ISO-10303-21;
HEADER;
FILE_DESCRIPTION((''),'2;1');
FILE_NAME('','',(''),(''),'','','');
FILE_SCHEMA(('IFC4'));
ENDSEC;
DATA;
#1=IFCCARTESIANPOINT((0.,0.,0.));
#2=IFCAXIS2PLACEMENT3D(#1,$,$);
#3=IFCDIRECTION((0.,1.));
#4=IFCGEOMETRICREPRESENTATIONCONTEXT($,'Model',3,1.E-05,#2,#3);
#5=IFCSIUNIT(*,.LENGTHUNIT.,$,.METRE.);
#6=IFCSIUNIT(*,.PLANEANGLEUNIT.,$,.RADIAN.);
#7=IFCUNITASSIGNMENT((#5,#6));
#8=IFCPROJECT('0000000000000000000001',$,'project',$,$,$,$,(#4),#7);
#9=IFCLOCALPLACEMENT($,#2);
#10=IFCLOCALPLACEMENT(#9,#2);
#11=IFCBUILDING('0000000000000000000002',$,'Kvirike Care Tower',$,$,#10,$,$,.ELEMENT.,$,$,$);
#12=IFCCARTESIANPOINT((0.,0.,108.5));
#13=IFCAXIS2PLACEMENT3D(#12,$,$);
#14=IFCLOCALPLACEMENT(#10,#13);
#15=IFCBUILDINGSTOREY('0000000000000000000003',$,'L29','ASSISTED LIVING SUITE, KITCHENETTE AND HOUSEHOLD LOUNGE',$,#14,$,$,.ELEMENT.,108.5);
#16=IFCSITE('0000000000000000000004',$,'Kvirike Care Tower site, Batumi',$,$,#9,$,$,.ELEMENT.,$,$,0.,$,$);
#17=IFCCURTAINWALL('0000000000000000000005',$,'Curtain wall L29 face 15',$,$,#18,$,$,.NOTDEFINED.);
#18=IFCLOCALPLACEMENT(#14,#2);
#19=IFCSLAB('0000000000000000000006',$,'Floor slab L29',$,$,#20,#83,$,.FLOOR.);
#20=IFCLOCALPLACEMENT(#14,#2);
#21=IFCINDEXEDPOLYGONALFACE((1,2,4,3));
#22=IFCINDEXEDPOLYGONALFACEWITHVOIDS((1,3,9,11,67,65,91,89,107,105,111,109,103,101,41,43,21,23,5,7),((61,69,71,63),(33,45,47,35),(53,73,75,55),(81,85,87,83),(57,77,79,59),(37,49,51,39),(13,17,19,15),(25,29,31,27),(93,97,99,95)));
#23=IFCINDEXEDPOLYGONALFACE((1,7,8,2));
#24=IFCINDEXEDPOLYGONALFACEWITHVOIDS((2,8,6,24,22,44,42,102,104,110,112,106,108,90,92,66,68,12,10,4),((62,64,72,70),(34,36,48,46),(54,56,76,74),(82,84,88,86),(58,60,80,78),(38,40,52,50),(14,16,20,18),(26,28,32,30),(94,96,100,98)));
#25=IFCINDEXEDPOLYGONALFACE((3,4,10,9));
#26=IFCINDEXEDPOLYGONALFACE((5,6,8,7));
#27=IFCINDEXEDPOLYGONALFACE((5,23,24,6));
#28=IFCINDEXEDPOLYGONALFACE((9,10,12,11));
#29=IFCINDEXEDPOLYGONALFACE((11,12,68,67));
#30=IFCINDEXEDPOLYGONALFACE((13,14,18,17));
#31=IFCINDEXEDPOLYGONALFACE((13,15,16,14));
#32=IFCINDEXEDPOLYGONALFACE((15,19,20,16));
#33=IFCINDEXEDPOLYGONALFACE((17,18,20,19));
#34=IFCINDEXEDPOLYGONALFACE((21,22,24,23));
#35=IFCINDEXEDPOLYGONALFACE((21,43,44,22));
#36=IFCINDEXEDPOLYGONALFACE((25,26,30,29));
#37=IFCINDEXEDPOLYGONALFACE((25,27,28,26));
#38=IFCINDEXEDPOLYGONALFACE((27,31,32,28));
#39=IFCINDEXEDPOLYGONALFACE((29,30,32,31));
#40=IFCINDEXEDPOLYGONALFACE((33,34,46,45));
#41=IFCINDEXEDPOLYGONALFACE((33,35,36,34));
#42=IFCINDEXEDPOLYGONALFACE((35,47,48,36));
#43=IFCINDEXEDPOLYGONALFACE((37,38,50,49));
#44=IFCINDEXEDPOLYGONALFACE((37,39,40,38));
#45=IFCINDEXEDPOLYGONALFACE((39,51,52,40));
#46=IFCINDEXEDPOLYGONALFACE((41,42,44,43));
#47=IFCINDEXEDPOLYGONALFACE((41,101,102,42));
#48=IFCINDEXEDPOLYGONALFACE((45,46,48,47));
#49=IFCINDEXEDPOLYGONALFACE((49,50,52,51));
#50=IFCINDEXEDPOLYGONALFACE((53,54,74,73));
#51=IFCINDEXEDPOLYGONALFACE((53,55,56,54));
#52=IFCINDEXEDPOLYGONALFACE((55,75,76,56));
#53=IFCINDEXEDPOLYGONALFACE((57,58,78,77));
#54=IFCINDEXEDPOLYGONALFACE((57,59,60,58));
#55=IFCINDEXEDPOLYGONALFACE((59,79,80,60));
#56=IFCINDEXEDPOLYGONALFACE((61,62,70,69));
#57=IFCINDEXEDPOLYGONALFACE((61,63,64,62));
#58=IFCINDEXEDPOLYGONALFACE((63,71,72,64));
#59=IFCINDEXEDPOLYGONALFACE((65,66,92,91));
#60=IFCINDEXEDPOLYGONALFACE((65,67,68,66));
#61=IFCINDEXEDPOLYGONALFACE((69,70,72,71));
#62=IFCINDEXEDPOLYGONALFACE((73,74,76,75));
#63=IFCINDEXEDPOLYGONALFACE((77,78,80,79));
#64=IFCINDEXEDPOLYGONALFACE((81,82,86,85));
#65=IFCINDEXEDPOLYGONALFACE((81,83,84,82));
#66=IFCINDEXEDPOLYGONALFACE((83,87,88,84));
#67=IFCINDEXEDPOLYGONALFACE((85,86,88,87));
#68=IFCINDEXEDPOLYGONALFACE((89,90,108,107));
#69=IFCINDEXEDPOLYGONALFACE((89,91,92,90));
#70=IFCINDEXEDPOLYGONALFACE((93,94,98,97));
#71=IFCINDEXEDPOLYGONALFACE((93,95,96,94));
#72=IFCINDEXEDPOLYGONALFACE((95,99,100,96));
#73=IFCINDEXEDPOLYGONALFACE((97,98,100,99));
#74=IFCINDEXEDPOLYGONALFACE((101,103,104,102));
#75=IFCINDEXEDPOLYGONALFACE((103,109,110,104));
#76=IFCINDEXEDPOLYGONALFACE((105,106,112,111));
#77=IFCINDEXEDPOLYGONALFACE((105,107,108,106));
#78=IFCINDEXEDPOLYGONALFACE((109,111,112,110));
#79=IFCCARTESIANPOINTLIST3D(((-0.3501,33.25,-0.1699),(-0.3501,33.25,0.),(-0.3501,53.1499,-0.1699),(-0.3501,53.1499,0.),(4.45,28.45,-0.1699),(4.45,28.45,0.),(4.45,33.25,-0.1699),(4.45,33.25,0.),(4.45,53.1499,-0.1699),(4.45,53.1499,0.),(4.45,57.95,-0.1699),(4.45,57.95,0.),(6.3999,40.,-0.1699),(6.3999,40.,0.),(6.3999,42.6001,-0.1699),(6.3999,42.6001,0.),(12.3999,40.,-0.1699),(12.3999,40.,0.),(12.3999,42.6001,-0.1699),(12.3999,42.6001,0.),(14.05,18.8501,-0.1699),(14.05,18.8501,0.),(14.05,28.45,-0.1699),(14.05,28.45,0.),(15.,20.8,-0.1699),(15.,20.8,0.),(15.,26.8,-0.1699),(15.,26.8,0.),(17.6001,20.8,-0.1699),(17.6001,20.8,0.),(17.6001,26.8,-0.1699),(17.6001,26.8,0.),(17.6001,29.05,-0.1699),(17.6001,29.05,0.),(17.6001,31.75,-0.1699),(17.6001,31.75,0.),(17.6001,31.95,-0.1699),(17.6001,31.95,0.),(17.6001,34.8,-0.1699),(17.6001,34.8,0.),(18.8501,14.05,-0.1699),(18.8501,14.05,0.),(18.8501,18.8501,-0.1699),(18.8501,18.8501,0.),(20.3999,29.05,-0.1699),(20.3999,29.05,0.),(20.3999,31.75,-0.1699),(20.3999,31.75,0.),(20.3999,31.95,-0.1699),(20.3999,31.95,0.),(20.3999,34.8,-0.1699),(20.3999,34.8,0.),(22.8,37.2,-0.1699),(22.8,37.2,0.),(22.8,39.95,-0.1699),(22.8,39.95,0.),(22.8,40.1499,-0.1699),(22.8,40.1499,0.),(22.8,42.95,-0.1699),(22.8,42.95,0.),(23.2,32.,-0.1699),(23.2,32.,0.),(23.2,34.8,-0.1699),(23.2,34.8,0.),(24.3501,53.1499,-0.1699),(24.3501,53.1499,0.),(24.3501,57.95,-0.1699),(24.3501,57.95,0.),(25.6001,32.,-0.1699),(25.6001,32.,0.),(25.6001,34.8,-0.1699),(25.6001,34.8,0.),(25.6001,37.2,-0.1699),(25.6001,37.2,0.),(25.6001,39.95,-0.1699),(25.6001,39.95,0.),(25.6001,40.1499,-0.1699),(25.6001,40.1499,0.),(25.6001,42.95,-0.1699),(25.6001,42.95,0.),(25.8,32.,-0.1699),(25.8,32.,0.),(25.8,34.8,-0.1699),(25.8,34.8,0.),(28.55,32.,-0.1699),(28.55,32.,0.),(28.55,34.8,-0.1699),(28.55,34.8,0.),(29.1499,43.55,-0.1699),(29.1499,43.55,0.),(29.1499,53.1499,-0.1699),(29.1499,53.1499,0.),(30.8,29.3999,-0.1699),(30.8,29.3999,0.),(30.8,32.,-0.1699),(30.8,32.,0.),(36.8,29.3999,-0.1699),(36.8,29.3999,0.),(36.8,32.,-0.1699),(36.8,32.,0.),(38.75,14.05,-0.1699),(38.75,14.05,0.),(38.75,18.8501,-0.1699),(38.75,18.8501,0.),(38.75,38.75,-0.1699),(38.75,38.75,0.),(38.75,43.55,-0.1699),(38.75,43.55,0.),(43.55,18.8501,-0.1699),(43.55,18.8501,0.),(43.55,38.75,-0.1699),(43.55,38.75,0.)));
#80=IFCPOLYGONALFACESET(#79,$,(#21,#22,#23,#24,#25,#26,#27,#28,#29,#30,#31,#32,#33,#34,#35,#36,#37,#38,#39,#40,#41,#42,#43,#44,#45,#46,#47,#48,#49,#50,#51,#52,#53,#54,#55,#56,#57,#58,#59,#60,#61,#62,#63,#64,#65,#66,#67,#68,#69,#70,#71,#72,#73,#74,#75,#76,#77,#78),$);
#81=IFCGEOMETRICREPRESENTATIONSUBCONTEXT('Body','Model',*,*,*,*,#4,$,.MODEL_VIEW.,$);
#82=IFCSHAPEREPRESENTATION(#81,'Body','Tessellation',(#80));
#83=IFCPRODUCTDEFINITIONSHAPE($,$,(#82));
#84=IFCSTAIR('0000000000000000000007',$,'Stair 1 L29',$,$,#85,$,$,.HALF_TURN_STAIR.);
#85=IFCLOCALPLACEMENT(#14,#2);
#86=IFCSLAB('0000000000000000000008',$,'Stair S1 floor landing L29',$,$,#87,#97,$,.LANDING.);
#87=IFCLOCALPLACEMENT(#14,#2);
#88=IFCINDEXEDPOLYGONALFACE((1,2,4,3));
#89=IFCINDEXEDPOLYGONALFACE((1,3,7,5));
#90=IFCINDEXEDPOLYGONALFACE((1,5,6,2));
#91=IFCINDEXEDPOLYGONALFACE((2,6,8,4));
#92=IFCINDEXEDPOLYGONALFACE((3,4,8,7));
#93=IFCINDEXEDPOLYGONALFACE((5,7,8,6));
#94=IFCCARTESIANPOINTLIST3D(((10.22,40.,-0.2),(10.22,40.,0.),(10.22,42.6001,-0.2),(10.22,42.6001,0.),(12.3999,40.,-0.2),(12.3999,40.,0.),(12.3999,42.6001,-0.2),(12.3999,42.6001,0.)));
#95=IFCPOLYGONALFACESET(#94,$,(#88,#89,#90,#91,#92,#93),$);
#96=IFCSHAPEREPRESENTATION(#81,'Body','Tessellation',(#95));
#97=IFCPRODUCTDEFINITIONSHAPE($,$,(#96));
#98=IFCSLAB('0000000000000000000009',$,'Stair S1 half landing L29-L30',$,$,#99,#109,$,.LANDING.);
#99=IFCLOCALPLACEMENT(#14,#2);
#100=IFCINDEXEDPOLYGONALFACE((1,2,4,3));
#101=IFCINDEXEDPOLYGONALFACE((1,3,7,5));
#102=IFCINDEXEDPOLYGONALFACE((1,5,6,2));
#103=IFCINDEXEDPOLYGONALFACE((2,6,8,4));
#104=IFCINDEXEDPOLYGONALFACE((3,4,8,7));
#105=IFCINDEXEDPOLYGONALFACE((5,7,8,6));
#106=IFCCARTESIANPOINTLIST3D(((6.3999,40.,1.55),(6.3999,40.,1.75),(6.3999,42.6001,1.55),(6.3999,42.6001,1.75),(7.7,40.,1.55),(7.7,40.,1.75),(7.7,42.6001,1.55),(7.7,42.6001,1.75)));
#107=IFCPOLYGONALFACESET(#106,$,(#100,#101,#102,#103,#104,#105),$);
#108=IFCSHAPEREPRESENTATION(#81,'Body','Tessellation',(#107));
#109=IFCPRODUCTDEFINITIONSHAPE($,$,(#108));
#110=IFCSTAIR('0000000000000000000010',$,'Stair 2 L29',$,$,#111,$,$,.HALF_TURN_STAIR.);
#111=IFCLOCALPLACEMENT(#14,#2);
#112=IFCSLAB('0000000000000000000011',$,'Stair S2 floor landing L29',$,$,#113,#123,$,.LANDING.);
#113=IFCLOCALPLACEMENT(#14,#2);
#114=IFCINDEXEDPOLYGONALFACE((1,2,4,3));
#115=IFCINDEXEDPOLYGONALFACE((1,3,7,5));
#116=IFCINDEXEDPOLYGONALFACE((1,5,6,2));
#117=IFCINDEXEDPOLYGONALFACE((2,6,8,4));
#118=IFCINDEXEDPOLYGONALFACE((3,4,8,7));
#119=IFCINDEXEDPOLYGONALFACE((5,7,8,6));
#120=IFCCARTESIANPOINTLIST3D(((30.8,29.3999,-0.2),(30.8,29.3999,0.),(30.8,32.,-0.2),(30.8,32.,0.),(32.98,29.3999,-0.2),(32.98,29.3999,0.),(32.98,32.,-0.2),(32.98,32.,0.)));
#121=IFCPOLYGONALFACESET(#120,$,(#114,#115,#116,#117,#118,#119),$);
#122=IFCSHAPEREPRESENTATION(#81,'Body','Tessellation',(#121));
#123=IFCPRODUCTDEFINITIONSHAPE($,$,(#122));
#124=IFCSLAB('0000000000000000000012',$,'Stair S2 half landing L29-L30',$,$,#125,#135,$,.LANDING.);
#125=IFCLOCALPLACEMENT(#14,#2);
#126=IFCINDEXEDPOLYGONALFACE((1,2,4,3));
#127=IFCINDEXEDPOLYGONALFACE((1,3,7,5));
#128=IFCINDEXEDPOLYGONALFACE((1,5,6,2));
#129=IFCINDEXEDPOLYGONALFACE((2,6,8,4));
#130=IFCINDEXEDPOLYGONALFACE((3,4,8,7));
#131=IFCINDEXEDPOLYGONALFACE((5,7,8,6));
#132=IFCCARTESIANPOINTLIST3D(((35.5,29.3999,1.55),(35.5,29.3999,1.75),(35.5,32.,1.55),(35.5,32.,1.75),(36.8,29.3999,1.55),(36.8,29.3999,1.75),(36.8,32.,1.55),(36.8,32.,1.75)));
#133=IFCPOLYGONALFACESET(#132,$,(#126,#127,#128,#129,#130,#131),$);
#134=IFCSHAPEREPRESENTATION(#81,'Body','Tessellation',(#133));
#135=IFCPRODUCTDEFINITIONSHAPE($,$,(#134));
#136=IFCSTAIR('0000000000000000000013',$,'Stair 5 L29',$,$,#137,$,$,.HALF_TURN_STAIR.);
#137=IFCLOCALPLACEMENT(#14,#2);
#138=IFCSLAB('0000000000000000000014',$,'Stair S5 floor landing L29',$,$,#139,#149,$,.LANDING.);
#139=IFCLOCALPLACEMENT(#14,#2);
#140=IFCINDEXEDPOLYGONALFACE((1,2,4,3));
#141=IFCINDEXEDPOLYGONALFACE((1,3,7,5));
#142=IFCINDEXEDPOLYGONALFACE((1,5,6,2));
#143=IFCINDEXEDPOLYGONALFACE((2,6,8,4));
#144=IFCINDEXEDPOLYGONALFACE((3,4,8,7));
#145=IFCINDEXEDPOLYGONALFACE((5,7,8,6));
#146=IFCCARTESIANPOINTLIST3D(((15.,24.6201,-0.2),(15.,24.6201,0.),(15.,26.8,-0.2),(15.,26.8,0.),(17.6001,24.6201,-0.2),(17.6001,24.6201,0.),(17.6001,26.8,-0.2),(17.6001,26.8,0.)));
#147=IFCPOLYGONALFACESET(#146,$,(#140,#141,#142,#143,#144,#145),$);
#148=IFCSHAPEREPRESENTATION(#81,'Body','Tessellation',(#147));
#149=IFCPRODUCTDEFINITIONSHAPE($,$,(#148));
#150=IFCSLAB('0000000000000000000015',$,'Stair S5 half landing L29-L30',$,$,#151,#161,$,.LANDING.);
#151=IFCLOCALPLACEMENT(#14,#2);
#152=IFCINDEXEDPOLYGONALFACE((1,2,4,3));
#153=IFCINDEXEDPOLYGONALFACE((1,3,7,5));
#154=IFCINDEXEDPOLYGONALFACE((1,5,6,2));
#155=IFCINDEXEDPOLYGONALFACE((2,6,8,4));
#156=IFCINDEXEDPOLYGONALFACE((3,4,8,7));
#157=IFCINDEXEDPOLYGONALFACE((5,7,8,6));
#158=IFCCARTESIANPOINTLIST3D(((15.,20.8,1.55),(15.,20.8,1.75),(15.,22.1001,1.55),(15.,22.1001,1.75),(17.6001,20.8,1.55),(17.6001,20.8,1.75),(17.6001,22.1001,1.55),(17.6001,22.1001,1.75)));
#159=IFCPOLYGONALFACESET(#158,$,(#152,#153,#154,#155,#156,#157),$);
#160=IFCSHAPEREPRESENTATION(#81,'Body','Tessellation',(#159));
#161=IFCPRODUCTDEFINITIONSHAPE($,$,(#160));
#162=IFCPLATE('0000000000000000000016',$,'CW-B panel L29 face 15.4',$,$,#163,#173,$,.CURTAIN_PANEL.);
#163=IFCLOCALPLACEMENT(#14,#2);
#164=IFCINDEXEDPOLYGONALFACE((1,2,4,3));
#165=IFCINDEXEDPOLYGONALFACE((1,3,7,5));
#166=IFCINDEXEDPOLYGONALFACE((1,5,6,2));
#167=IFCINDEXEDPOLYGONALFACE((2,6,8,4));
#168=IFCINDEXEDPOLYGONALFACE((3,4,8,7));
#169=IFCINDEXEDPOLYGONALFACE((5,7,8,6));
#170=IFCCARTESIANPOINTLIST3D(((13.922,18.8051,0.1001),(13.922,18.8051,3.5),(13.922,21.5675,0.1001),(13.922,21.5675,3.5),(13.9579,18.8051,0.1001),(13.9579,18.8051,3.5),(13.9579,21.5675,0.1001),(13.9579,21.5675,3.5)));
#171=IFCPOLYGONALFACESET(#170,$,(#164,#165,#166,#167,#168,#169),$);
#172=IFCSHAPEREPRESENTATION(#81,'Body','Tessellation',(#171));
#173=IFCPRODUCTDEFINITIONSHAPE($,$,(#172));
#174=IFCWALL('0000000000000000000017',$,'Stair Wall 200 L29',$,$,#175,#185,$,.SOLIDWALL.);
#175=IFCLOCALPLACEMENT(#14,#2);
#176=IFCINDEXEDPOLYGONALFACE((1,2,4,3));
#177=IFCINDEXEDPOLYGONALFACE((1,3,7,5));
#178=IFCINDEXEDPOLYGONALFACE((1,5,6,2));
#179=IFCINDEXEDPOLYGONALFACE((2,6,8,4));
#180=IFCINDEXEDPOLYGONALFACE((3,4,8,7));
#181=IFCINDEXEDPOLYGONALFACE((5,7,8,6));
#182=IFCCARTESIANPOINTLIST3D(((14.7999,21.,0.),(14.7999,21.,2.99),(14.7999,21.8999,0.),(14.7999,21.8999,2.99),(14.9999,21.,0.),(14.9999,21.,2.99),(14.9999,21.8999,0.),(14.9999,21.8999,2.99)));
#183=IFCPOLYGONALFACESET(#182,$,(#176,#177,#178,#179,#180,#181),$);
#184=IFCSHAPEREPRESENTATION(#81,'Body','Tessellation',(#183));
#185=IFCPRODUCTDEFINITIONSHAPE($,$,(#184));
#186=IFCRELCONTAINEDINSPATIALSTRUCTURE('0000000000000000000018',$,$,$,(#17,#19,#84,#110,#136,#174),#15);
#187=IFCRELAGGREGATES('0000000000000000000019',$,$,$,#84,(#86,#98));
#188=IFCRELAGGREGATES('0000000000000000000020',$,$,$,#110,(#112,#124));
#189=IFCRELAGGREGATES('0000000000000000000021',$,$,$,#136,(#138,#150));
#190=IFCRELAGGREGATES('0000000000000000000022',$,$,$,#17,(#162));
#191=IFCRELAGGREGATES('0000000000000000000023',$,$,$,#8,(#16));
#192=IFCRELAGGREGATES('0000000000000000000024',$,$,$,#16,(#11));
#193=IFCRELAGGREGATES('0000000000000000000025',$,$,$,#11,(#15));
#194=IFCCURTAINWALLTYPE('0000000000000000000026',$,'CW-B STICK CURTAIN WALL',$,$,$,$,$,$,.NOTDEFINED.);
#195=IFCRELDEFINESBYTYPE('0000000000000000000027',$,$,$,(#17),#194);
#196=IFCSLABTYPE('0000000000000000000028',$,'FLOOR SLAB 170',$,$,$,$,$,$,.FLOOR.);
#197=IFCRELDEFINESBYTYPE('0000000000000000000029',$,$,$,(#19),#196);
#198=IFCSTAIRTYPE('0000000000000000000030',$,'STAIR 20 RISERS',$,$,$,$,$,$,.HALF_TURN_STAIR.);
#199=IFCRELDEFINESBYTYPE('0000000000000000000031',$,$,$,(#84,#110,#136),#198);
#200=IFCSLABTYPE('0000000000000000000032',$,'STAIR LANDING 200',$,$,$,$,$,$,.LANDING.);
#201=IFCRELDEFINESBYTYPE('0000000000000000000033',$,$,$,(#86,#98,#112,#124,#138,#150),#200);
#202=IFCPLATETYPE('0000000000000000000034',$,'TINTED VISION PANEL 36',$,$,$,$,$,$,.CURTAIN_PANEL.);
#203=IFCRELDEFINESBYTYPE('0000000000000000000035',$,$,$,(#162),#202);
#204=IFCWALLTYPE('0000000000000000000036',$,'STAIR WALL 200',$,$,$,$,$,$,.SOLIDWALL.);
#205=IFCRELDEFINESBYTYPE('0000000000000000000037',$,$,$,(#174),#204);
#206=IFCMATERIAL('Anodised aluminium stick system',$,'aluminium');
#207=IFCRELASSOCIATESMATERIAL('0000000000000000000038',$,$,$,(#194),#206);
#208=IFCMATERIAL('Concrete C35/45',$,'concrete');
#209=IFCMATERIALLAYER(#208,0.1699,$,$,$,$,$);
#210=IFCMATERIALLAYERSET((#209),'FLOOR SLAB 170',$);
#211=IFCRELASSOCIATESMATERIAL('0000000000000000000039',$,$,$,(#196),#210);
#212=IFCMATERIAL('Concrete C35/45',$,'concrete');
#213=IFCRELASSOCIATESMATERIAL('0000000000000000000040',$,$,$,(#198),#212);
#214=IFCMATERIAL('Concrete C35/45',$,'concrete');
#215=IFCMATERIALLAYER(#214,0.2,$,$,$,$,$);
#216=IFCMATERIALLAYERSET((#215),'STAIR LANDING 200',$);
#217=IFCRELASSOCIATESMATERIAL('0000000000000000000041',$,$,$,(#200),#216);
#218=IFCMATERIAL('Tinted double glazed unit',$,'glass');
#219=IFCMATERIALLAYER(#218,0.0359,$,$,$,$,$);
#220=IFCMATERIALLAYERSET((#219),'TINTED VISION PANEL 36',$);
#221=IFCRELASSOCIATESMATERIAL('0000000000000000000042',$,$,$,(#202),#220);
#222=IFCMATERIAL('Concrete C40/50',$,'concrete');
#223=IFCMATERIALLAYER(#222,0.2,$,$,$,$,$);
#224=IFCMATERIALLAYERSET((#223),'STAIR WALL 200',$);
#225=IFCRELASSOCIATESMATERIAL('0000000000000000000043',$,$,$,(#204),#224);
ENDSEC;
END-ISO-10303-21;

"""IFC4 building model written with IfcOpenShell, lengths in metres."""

from ifc_helpers import new_model, si_unit, direction, frame, frame_2d, origin, origin_2d, place, context, subcontext, project, spatial, polyline, rectangle, outline, extrude, material, layer, layer_set, type_object, element, aggregate, save


model = new_model("IFC4")

# Units and contexts
model_context = context("Model", 3, precision=1e-05, world=origin(), true_north=direction((0.0, 1.0)))
body_context = subcontext(model_context, "Body", "Model", "MODEL_VIEW")
ifc_project = project(units=[si_unit("LENGTHUNIT", "METRE"), si_unit("PLANEANGLEUNIT", "RADIAN")], contexts=[model_context])

# Site, building, storey
site_placement = place(None, origin())
site = spatial("IfcSite", under=ifc_project, at=site_placement, Name="Kvirike Care Tower site, Batumi", CompositionType="ELEMENT", RefElevation=0.0)
building_placement = place(site_placement, origin())
building = spatial("IfcBuilding", under=site, at=building_placement, Name="Kvirike Care Tower", CompositionType="ELEMENT")
storey_placement = place(building_placement, frame((0.0, 0.0, 108.5)))
storey = spatial("IfcBuildingStorey", under=building, at=storey_placement, Name="L29", Description="ASSISTED LIVING SUITE, KITCHENETTE AND HOUSEHOLD LOUNGE", CompositionType="ELEMENT", Elevation=108.5)

# Curtain wall
ifc_material_1 = material(Name="Anodised aluminium stick system", Category="aluminium")
curtain_wall_type = type_object("IfcCurtainWallType", Name="CW-B STICK CURTAIN WALL", PredefinedType="NOTDEFINED", material=ifc_material_1)
curtain_wall_1_placement = place(storey_placement, origin())
curtain_wall_1 = element("IfcCurtainWall", 1, at=curtain_wall_1_placement, inside=storey, type_object=curtain_wall_type, Name="Curtain wall L29 face 15", PredefinedType="NOTDEFINED")

# Slab
ifc_material_2 = material(Name="Concrete C35/45", Category="concrete")
ifc_layer_1 = layer(ifc_material_2, 0.1699)
ifc_layer_set_1 = layer_set([ifc_layer_1], Name="FLOOR SLAB 170")
slab_type_1 = type_object("IfcSlabType", Name="FLOOR SLAB 170", PredefinedType="FLOOR", material=ifc_layer_set_1)
slab_1_placement = place(storey_placement, frame((0.0, 0.0, -0.1699)))
element("IfcSlab", 2, at=slab_1_placement, inside=storey, type_object=slab_type_1, Name="Floor slab L29", PredefinedType="FLOOR", context=body_context, shape_type="SweptSolid", body=[
    extrude(outline(polyline([(43.55, 18.8501), (43.55, 38.75), (38.75, 38.75), (38.75, 43.55), (29.1499, 43.55), (29.1499, 53.1499), (24.3501, 53.1499), (24.3501, 57.95), (4.45, 57.95), (4.45, 53.1499), (-0.3501, 53.1499), (-0.3501, 33.25), (4.45, 33.25), (4.45, 28.45), (14.05, 28.45), (14.05, 18.8501), (18.8501, 18.8501), (18.8501, 14.05), (38.75, 14.05), (38.75, 18.8501), (43.55, 18.8501)]), holes=[polyline([(17.6001, 29.05), (17.6001, 31.75), (20.3999, 31.75), (20.3999, 29.05), (17.6001, 29.05)]), polyline([(17.6001, 31.95), (17.6001, 34.8), (20.3999, 34.8), (20.3999, 31.95), (17.6001, 31.95)]), polyline([(22.8, 37.2), (22.8, 39.95), (25.6001, 39.95), (25.6001, 37.2), (22.8, 37.2)]), polyline([(22.8, 40.1499), (22.8, 42.95), (25.6001, 42.95), (25.6001, 40.1499), (22.8, 40.1499)]), polyline([(23.2, 32.0), (23.2, 34.8), (25.6001, 34.8), (25.6001, 32.0), (23.2, 32.0)]), polyline([(25.8, 32.0), (25.8, 34.8), (28.55, 34.8), (28.55, 32.0), (25.8, 32.0)]), polyline([(12.3999, 42.6001), (12.3999, 40.0), (6.3999, 40.0), (6.3999, 42.6001), (12.3999, 42.6001)]), polyline([(30.8, 29.3999), (30.8, 32.0), (36.8, 32.0), (36.8, 29.3999), (30.8, 29.3999)]), polyline([(15.0, 26.8), (17.6001, 26.8), (17.6001, 20.8), (15.0, 20.8), (15.0, 26.8)])]), origin(), (0.0, 0.0, 1.0), 0.1699),
])

# Stairs, slabs
ifc_material_3 = material(Name="Concrete C35/45", Category="concrete")
stair_type = type_object("IfcStairType", Name="STAIR 20 RISERS", PredefinedType="HALF_TURN_STAIR", material=ifc_material_3)
stair_1_placement = place(storey_placement, origin())
stair_1 = element("IfcStair", 3, at=stair_1_placement, inside=storey, type_object=stair_type, Name="Stair 1 L29", PredefinedType="HALF_TURN_STAIR")
ifc_material_4 = material(Name="Concrete C35/45", Category="concrete")
ifc_layer_2 = layer(ifc_material_4, 0.2)
ifc_layer_set_2 = layer_set([ifc_layer_2], Name="STAIR LANDING 200")
slab_type_2 = type_object("IfcSlabType", Name="STAIR LANDING 200", PredefinedType="LANDING", material=ifc_layer_set_2)
slab_2_placement = place(storey_placement, frame((0.0, 0.0, -0.2)))
slab_2 = element("IfcSlab", 4, at=slab_2_placement, type_object=slab_type_2, Name="Stair S1 floor landing L29", PredefinedType="LANDING", context=body_context, shape_type="SweptSolid", body=[
    extrude(outline(polyline([(10.22, 42.6001), (10.22, 40.0), (12.3999, 40.0), (12.3999, 42.6001), (10.22, 42.6001)])), origin(), (0.0, 0.0, 1.0), 0.2),
])
slab_3_placement = place(storey_placement, frame((0.0, 0.0, 1.55)))
slab_3 = element("IfcSlab", 5, at=slab_3_placement, type_object=slab_type_2, Name="Stair S1 half landing L29-L30", PredefinedType="LANDING", context=body_context, shape_type="SweptSolid", body=[
    extrude(outline(polyline([(6.3999, 42.6001), (6.3999, 40.0), (7.7, 40.0), (7.7, 42.6001), (6.3999, 42.6001)])), origin(), (0.0, 0.0, 1.0), 0.2),
])
aggregate(stair_1, [slab_2, slab_3])
stair_2_placement = place(storey_placement, origin())
stair_2 = element("IfcStair", 6, at=stair_2_placement, inside=storey, type_object=stair_type, Name="Stair 2 L29", PredefinedType="HALF_TURN_STAIR")
slab_4_placement = place(storey_placement, frame((0.0, 0.0, -0.2)))
slab_4 = element("IfcSlab", 7, at=slab_4_placement, type_object=slab_type_2, Name="Stair S2 floor landing L29", PredefinedType="LANDING", context=body_context, shape_type="SweptSolid", body=[
    extrude(outline(polyline([(32.98, 29.3999), (32.98, 32.0), (30.8, 32.0), (30.8, 29.3999), (32.98, 29.3999)])), origin(), (0.0, 0.0, 1.0), 0.2),
])
slab_5_placement = place(storey_placement, frame((0.0, 0.0, 1.55)))
slab_5 = element("IfcSlab", 8, at=slab_5_placement, type_object=slab_type_2, Name="Stair S2 half landing L29-L30", PredefinedType="LANDING", context=body_context, shape_type="SweptSolid", body=[
    extrude(outline(polyline([(36.8, 29.3999), (36.8, 32.0), (35.5, 32.0), (35.5, 29.3999), (36.8, 29.3999)])), origin(), (0.0, 0.0, 1.0), 0.2),
])
aggregate(stair_2, [slab_4, slab_5])
stair_3_placement = place(storey_placement, origin())
stair_3 = element("IfcStair", 9, at=stair_3_placement, inside=storey, type_object=stair_type, Name="Stair 5 L29", PredefinedType="HALF_TURN_STAIR")
slab_6_placement = place(storey_placement, frame((0.0, 0.0, -0.2)))
slab_6 = element("IfcSlab", 10, at=slab_6_placement, type_object=slab_type_2, Name="Stair S5 floor landing L29", PredefinedType="LANDING", context=body_context, shape_type="SweptSolid", body=[
    extrude(outline(polyline([(15.0, 24.6201), (17.6001, 24.6201), (17.6001, 26.8), (15.0, 26.8), (15.0, 24.6201)])), origin(), (0.0, 0.0, 1.0), 0.2),
])
slab_7_placement = place(storey_placement, frame((0.0, 0.0, 1.55)))
slab_7 = element("IfcSlab", 11, at=slab_7_placement, type_object=slab_type_2, Name="Stair S5 half landing L29-L30", PredefinedType="LANDING", context=body_context, shape_type="SweptSolid", body=[
    extrude(outline(polyline([(15.0, 20.8), (17.6001, 20.8), (17.6001, 22.1001), (15.0, 22.1001), (15.0, 20.8)])), origin(), (0.0, 0.0, 1.0), 0.2),
])
aggregate(stair_3, [slab_6, slab_7])

# Plate
ifc_material_5 = material(Name="Tinted double glazed unit", Category="glass")
ifc_layer_3 = layer(ifc_material_5, 0.0359)
ifc_layer_set_3 = layer_set([ifc_layer_3], Name="TINTED VISION PANEL 36")
plate_type = type_object("IfcPlateType", Name="TINTED VISION PANEL 36", PredefinedType="CURTAIN_PANEL", material=ifc_layer_set_3)
plate_placement = place(storey_placement, frame((13.9399, 20.1863, 0.1001), z_axis=(0.0, 0.0, 1.0), x_axis=(0.0, -1.0, 0.0)))
plate = element("IfcPlate", 12, at=plate_placement, type_object=plate_type, Name="CW-B panel L29 face 15.4", PredefinedType="CURTAIN_PANEL", context=body_context, shape_type="SweptSolid", body=[
    extrude(rectangle(XDim=2.7625, YDim=0.0359, at=origin_2d()), origin(), (0.0, 0.0, 1.0), 3.3999),
])
aggregate(curtain_wall_1, [plate])

# Wall
ifc_material_6 = material(Name="Concrete C40/50", Category="concrete")
ifc_layer_4 = layer(ifc_material_6, 0.2)
ifc_layer_set_4 = layer_set([ifc_layer_4], Name="STAIR WALL 200")
wall_type = type_object("IfcWallType", Name="STAIR WALL 200", PredefinedType="SOLIDWALL", material=ifc_layer_set_4)
wall_placement = place(storey_placement, frame((14.8999, 21.0, 0.0), z_axis=(0.0, 0.0, 1.0), x_axis=(0.0, 1.0, 0.0)))
element("IfcWall", 13, at=wall_placement, inside=storey, type_object=wall_type, Name="Stair Wall 200 L29", PredefinedType="SOLIDWALL", context=body_context, shape_type="SweptSolid", body=[
    extrude(rectangle(XDim=0.8999, YDim=0.2, at=frame_2d((0.45, 0.0))), origin(), (0.0, 0.0, 1.0), 2.99),
])

save(model, "model.ifc")
